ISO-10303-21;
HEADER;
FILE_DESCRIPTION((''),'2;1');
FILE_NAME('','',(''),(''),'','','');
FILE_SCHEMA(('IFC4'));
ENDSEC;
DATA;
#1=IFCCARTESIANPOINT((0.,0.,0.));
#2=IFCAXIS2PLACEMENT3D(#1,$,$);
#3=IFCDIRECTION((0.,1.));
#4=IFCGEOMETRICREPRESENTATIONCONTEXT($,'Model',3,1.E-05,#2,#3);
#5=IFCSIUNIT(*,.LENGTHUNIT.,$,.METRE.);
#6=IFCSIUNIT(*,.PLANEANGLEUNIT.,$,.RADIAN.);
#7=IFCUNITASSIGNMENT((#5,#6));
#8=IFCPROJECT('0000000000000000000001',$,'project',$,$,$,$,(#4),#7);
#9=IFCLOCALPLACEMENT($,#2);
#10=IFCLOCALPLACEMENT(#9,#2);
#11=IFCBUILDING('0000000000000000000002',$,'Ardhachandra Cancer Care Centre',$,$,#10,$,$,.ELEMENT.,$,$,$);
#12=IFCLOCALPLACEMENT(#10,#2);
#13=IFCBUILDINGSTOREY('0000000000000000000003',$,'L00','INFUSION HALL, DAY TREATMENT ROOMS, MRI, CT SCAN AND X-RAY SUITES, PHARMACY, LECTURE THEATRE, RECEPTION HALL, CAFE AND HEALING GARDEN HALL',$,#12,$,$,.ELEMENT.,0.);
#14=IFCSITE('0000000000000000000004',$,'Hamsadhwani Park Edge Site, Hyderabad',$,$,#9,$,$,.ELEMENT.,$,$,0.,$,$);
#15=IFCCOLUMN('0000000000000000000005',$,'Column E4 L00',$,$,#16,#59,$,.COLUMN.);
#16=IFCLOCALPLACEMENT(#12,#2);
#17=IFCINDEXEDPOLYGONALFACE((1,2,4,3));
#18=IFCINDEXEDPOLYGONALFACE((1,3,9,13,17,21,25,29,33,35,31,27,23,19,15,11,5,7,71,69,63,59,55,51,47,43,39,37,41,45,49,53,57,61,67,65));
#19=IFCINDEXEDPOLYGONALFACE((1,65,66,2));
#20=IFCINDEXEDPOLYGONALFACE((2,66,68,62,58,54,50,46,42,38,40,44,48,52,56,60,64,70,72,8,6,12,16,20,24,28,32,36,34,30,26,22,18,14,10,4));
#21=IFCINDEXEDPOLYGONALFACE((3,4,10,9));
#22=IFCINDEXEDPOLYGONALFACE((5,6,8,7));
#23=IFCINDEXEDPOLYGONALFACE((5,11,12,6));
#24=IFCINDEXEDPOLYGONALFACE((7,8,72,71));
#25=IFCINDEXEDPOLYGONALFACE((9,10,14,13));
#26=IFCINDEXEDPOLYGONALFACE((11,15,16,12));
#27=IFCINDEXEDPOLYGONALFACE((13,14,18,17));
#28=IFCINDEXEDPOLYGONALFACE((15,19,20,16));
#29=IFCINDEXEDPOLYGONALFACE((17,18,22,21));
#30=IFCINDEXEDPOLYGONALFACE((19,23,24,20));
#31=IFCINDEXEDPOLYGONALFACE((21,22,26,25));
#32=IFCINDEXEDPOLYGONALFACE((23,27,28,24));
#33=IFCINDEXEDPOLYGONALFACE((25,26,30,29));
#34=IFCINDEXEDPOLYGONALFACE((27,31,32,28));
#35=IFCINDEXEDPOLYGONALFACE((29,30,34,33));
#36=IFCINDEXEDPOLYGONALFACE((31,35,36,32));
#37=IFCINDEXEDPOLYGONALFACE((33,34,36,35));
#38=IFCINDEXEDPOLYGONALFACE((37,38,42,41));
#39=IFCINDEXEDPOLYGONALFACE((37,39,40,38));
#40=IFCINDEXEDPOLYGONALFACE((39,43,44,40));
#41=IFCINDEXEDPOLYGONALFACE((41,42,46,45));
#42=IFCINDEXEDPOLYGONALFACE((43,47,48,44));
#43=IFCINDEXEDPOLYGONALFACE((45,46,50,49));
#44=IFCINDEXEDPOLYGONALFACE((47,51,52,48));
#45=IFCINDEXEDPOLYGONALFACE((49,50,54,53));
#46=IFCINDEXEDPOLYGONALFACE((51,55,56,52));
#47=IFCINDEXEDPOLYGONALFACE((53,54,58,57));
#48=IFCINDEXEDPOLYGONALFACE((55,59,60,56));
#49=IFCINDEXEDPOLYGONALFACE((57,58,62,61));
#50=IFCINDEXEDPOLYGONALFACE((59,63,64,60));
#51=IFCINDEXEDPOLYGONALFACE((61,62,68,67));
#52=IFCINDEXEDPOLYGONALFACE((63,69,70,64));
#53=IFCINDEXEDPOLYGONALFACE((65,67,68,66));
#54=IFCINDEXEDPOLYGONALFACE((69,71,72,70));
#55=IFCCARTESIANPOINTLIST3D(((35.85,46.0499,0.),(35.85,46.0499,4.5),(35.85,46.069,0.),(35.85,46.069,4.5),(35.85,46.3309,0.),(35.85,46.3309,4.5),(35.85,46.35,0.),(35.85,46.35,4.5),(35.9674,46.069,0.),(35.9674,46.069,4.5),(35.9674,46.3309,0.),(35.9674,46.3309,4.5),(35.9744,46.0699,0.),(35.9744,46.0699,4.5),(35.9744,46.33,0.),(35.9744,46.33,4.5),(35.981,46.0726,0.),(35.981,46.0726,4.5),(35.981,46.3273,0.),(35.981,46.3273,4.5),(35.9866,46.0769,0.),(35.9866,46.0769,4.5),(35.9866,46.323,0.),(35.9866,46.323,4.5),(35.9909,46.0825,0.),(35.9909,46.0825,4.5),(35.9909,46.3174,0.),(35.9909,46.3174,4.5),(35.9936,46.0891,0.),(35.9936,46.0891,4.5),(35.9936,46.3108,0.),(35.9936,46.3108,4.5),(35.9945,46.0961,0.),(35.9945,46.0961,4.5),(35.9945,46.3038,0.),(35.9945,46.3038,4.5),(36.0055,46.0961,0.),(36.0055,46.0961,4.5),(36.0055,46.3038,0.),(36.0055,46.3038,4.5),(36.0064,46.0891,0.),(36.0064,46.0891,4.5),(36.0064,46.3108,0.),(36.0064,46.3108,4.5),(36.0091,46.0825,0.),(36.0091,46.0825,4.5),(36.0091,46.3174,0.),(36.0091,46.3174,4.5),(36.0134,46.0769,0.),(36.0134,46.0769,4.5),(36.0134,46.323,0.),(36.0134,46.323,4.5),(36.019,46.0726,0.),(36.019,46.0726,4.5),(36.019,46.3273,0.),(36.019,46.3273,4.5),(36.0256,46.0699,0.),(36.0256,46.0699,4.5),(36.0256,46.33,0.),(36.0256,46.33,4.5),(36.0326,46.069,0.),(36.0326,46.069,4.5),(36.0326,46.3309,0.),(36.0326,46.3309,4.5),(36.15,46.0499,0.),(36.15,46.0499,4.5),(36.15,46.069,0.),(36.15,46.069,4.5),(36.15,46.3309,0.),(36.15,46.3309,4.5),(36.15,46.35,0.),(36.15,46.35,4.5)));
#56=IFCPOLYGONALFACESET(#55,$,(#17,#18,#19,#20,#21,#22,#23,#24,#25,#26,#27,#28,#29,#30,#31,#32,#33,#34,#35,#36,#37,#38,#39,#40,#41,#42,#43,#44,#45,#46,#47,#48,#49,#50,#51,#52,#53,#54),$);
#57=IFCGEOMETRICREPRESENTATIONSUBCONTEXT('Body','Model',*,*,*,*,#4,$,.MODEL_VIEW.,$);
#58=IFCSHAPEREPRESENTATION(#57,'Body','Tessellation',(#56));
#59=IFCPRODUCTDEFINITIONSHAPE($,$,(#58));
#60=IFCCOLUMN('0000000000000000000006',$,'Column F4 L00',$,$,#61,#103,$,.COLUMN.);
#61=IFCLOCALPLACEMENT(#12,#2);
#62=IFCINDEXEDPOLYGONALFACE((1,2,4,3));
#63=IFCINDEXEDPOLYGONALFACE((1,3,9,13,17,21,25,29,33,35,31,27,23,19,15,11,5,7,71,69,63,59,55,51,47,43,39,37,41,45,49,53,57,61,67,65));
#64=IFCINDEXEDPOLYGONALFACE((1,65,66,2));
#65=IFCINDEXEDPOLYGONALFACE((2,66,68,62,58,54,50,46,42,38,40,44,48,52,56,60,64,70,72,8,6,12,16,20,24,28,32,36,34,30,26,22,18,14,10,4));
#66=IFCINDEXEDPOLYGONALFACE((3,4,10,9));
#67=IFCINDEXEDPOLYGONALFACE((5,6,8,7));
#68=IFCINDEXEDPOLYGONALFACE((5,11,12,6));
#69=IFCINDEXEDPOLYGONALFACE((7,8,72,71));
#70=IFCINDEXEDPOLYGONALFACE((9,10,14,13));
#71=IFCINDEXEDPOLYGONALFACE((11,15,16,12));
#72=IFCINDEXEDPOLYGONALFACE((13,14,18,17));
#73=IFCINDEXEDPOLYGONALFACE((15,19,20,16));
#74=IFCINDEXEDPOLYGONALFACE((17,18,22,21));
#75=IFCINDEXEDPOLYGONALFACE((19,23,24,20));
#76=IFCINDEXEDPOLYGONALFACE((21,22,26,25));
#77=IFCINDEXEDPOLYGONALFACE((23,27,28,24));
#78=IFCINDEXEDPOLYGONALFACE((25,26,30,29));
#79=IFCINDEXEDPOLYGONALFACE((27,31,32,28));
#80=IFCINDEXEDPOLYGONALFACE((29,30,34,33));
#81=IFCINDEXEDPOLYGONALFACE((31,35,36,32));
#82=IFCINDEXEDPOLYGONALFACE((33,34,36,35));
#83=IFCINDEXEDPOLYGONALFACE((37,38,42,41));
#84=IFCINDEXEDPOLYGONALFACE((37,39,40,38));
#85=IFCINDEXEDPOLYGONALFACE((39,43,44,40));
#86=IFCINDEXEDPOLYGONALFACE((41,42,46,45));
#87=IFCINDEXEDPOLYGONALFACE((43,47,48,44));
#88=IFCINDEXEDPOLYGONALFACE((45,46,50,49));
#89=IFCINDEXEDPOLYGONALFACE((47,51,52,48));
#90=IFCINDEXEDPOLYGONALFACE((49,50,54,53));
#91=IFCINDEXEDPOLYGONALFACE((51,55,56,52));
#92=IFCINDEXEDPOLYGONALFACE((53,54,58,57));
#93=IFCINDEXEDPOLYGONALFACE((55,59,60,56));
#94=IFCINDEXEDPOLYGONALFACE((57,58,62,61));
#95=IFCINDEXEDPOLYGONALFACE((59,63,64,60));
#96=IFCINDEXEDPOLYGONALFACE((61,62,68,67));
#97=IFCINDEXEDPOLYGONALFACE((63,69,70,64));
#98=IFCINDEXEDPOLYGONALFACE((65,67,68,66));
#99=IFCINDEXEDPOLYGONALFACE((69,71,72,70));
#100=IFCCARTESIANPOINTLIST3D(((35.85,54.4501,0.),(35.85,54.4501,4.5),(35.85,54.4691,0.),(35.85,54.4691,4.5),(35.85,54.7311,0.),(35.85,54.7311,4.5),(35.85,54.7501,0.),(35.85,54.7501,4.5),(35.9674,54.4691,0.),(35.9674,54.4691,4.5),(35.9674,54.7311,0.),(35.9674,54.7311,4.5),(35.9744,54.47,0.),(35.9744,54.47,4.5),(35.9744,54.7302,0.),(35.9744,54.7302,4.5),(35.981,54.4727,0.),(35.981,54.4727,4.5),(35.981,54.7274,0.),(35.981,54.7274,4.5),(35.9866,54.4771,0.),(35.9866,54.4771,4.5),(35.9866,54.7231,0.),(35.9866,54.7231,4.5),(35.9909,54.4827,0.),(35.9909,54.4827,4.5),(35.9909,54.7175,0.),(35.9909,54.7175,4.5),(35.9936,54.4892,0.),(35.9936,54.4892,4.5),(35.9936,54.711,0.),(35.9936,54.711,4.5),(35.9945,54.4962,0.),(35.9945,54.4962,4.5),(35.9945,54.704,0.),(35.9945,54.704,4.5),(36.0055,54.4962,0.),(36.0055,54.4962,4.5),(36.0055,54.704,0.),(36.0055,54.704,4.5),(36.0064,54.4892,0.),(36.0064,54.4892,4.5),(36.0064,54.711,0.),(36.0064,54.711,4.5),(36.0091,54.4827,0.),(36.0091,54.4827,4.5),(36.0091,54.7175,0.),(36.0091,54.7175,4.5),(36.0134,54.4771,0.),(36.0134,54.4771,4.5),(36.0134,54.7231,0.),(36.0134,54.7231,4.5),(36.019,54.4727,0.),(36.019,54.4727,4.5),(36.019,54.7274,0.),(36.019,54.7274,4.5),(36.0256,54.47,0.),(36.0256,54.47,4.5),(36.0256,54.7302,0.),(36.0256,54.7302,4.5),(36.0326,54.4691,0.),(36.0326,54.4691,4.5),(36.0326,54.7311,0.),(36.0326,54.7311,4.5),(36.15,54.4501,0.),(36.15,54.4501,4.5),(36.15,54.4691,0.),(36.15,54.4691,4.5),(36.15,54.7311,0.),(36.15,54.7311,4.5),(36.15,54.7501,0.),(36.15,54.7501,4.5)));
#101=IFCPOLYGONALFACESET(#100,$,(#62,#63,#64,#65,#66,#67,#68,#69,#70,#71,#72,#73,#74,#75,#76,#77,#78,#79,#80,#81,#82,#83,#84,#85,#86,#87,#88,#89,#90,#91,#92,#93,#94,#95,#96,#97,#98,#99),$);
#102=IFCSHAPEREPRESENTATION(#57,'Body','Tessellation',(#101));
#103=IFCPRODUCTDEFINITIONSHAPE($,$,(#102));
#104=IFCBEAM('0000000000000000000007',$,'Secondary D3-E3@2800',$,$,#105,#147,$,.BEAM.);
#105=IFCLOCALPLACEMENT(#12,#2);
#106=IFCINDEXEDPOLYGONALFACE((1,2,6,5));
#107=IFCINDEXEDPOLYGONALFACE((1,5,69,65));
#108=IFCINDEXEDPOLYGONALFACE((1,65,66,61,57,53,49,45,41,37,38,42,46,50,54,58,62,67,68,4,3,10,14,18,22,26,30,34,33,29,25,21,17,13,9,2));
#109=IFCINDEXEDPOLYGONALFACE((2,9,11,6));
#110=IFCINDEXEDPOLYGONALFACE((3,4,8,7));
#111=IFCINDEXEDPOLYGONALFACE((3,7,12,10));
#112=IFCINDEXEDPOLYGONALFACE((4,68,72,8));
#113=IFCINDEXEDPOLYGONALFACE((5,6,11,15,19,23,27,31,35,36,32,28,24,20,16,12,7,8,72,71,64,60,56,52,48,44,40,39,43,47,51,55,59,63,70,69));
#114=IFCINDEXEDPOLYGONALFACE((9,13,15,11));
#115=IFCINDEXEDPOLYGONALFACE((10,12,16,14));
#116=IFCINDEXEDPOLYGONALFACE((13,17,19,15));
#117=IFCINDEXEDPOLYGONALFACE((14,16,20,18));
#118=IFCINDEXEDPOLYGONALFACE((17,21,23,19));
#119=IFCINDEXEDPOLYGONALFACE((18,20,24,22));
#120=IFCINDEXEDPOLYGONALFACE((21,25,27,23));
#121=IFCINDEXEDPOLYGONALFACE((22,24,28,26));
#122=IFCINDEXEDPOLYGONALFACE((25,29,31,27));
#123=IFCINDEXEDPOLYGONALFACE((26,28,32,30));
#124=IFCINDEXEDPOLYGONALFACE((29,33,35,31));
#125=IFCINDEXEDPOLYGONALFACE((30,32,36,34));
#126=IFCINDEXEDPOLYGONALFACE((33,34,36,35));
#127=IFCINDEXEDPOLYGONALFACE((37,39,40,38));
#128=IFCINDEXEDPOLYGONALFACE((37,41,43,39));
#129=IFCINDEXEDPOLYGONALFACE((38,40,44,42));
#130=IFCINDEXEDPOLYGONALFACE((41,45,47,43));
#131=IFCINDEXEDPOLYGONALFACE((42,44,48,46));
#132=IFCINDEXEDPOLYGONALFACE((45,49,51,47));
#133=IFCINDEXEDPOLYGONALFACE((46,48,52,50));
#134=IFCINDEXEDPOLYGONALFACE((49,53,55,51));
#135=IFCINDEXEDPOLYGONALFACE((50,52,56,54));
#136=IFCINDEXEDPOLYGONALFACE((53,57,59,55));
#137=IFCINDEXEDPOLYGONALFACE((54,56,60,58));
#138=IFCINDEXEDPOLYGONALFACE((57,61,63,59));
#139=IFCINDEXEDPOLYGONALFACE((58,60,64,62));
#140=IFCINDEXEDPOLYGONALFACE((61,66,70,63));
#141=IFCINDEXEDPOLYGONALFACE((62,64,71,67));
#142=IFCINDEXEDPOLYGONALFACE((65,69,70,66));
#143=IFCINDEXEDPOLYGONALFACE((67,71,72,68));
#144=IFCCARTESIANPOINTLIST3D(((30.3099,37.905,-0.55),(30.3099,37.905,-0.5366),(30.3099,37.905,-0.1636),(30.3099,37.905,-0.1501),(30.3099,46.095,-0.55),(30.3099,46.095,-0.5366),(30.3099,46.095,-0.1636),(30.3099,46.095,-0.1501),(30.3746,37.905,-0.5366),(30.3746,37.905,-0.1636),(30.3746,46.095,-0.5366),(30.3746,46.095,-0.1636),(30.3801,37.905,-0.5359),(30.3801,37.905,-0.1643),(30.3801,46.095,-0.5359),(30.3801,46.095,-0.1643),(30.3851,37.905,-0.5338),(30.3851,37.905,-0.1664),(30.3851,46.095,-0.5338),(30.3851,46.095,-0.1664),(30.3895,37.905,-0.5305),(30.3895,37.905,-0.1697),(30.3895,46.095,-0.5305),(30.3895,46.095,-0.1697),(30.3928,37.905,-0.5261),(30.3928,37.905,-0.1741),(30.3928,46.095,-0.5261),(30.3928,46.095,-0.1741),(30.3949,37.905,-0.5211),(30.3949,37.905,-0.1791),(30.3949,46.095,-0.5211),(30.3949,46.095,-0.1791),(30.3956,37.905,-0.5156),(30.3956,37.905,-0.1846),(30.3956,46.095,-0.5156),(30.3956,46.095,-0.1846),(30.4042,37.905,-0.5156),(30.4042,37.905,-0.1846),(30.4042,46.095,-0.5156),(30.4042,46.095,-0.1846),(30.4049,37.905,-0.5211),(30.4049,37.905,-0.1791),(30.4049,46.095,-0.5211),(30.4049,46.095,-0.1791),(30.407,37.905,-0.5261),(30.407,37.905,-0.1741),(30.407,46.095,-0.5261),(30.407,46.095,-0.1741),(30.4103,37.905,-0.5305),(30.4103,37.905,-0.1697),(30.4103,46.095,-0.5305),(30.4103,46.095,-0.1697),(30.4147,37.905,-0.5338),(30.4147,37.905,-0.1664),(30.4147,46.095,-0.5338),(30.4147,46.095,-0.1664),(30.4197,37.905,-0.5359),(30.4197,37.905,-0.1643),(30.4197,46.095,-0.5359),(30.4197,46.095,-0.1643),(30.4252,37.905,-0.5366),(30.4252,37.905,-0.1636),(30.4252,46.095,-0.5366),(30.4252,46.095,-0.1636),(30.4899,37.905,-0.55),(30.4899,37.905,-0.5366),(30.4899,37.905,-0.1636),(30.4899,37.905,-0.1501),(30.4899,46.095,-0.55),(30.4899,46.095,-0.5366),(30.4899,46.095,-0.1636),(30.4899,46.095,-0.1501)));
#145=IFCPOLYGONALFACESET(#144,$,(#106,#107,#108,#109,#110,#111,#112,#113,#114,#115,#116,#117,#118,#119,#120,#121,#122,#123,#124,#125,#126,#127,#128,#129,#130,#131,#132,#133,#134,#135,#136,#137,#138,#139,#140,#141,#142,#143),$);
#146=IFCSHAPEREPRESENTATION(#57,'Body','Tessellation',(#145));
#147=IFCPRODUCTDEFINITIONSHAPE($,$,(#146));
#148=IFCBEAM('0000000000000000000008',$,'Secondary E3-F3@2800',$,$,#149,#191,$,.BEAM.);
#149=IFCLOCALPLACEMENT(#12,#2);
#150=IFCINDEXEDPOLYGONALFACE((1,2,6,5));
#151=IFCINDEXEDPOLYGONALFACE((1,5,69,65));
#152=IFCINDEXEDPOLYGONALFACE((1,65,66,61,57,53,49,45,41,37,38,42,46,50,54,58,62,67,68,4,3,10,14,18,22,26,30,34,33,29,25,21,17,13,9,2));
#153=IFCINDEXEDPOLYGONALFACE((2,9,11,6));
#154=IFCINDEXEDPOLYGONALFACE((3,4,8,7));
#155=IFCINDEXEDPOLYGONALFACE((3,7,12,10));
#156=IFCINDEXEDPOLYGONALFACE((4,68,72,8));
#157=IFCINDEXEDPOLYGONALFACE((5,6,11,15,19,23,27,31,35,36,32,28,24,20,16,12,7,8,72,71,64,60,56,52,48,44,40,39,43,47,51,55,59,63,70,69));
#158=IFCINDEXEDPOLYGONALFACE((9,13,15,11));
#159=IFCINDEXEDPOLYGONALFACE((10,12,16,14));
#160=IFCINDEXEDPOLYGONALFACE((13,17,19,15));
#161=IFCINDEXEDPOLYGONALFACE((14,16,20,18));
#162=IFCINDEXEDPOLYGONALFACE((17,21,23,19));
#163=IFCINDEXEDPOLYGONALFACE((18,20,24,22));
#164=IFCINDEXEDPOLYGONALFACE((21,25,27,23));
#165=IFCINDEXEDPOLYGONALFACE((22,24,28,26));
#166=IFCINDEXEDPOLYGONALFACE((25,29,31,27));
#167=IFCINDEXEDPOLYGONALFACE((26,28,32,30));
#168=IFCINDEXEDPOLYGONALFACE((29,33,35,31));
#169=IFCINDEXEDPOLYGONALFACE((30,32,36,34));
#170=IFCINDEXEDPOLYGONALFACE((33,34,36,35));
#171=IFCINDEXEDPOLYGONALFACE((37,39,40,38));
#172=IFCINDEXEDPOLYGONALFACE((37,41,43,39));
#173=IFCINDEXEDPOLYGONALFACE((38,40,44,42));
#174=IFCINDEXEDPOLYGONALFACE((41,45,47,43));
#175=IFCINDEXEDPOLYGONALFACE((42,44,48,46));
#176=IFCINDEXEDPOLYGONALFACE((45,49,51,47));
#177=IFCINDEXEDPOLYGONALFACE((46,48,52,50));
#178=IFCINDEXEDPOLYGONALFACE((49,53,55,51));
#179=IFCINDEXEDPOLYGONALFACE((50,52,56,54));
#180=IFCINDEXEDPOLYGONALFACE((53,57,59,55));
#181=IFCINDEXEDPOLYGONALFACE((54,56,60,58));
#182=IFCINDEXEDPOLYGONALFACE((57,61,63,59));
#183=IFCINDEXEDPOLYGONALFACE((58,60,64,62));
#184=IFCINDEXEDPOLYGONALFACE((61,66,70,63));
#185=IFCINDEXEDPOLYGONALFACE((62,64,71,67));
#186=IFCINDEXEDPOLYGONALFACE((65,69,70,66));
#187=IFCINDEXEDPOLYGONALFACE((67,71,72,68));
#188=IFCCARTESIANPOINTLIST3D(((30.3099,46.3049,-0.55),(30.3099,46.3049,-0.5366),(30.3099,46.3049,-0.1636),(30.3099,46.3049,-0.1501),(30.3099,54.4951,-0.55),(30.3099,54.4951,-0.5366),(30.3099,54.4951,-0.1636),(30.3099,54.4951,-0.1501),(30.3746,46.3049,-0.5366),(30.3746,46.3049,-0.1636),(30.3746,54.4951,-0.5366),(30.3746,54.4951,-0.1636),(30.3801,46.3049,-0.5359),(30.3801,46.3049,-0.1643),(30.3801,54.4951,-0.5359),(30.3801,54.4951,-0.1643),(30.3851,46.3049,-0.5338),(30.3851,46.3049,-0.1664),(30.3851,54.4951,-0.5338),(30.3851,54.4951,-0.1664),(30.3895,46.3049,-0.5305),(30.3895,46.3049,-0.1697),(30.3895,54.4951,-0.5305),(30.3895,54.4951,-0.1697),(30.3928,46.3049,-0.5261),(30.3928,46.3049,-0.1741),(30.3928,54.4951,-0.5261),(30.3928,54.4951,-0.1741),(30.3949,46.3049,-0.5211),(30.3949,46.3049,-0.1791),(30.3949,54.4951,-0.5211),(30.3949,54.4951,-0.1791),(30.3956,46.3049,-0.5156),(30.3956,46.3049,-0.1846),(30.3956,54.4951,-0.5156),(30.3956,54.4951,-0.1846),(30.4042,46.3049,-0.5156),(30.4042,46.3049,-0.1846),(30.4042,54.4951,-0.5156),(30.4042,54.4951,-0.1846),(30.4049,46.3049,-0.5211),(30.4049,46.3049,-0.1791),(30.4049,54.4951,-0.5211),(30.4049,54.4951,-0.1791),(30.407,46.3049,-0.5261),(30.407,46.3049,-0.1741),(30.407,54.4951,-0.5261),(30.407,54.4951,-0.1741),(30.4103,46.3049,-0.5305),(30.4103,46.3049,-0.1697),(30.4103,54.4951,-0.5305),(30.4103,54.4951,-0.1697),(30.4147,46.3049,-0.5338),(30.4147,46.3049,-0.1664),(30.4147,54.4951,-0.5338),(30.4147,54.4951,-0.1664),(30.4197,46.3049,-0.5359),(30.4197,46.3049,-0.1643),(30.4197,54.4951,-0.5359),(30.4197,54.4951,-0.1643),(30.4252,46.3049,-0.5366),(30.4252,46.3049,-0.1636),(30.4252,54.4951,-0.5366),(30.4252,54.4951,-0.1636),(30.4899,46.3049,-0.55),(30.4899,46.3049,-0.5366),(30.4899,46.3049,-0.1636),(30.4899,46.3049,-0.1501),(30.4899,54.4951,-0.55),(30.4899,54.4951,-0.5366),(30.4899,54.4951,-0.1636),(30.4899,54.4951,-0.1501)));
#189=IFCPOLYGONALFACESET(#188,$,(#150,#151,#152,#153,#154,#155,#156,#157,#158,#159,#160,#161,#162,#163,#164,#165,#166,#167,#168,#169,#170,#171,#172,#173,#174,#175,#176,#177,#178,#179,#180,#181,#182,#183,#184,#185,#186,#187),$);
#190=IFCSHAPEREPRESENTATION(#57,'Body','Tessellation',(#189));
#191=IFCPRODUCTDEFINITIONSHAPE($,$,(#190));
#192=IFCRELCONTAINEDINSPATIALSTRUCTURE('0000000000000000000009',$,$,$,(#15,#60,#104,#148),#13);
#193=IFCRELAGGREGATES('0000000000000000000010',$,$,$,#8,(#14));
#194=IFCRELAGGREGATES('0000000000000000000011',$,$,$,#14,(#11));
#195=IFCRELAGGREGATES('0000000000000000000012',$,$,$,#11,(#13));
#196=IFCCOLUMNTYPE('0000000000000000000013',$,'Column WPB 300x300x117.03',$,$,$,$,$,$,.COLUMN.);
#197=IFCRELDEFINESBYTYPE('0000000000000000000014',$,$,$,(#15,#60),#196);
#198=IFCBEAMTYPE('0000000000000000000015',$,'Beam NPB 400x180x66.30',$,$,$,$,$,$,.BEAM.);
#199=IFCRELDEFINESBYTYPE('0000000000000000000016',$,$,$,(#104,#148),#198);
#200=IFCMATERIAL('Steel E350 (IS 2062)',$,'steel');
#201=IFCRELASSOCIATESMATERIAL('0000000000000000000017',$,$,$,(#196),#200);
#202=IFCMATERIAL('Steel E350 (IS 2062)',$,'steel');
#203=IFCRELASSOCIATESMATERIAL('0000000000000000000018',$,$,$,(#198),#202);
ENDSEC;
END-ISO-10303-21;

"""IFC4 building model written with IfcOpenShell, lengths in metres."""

from ifc_helpers import new_model, si_unit, direction, frame, origin, origin_2d, place, context, subcontext, project, spatial, i_section, extrude, material, material_profile, profile_set, type_object, element, save


model = new_model("IFC4")

# Units and contexts
model_context = context("Model", 3, precision=1e-05, world=origin(), true_north=direction((0.0, 1.0)))
body_context = subcontext(model_context, "Body", "Model", "MODEL_VIEW")
ifc_project = project(units=[si_unit("LENGTHUNIT", "METRE"), si_unit("PLANEANGLEUNIT", "RADIAN")], contexts=[model_context])

# Site, building, storey
site_placement = place(None, origin())
site = spatial("IfcSite", under=ifc_project, at=site_placement, Name="Hamsadhwani Park Edge Site, Hyderabad", CompositionType="ELEMENT", RefElevation=0.0)
building_placement = place(site_placement, origin())
building = spatial("IfcBuilding", under=site, at=building_placement, Name="Ardhachandra Cancer Care Centre", CompositionType="ELEMENT")
storey_placement = place(building_placement, origin())
storey = spatial("IfcBuildingStorey", under=building, at=storey_placement, Name="L00", Description="INFUSION HALL, DAY TREATMENT ROOMS, MRI, CT SCAN AND X-RAY SUITES, PHARMACY, LECTURE THEATRE, RECEPTION HALL, CAFE AND HEALING GARDEN HALL", CompositionType="ELEMENT", Elevation=0.0)

# Columns
ifc_material_1 = material(Name="Steel E350 (IS 2062)", Category="steel")
ifc_material_profile_1 = material_profile(ifc_material_1, i_section(OverallWidth=0.3, OverallDepth=0.3, WebThickness=0.011, FlangeThickness=0.019, FilletRadius=0.0271, at=origin_2d()), Name="WPB 300x300x117.03")
ifc_profile_set_1 = profile_set([ifc_material_profile_1], Name="Steel E350 (IS 2062)")
column_type = type_object("IfcColumnType", Name="Column WPB 300x300x117.03", PredefinedType="COLUMN", material=ifc_profile_set_1)
for number, where, z_axis, x_axis, name in (
    (1, (36.0, 46.2, 0.0), (0.0, 0.0, 1.0), (1.0, 0.0, 0.0), "Column E4 L00"),
    (2, (36.0, 54.6001, 0.0), (0.0, 0.0, 1.0), (1.0, 0.0, 0.0), "Column F4 L00"),
):
    element("IfcColumn", number, at=place(storey_placement, frame(where, z_axis=z_axis, x_axis=x_axis)), inside=storey, type_object=column_type, Name=name, PredefinedType="COLUMN", context=body_context, shape_type="SweptSolid", body=[
        extrude(i_section(OverallWidth=0.3, OverallDepth=0.3, WebThickness=0.011, FlangeThickness=0.019, FilletRadius=0.0271, at=origin_2d()), origin(), (0.0, 0.0, 1.0), 4.5),
    ])

# Beams
ifc_material_2 = material(Name="Steel E350 (IS 2062)", Category="steel")
ifc_material_profile_2 = material_profile(ifc_material_2, i_section(OverallWidth=0.1799, OverallDepth=0.3999, WebThickness=0.0085, FlangeThickness=0.0134, FilletRadius=0.021, at=origin_2d()), Name="NPB 400x180x66.30")
ifc_profile_set_2 = profile_set([ifc_material_profile_2], Name="Steel E350 (IS 2062)")
beam_type_1 = type_object("IfcBeamType", Name="Beam NPB 400x180x66.30", PredefinedType="BEAM", material=ifc_profile_set_2)
beam_1_placement = place(storey_placement, frame((30.3999, 37.905, -0.3501), z_axis=(0.0, 1.0, 0.0), x_axis=(-1.0, 0.0, 0.0)))
element("IfcBeam", 3, at=beam_1_placement, inside=storey, type_object=beam_type_1, Name="Secondary D3-E3@2800", PredefinedType="BEAM", context=body_context, shape_type="SweptSolid", body=[
    extrude(i_section(OverallWidth=0.1799, OverallDepth=0.3999, WebThickness=0.0085, FlangeThickness=0.0134, FilletRadius=0.021, at=origin_2d()), origin(), (0.0, 0.0, 1.0), 8.1899),
])
beam_2_placement = place(storey_placement, frame((30.3999, 46.3049, -0.3501), z_axis=(0.0, 1.0, 0.0), x_axis=(-1.0, 0.0, 0.0)))
element("IfcBeam", 4, at=beam_2_placement, inside=storey, type_object=beam_type_1, Name="Secondary E3-F3@2800", PredefinedType="BEAM", context=body_context, shape_type="SweptSolid", body=[
    extrude(i_section(OverallWidth=0.1799, OverallDepth=0.3999, WebThickness=0.0085, FlangeThickness=0.0134, FilletRadius=0.021, at=origin_2d()), origin(), (0.0, 0.0, 1.0), 8.1902),
])

save(model, "model.ifc")
